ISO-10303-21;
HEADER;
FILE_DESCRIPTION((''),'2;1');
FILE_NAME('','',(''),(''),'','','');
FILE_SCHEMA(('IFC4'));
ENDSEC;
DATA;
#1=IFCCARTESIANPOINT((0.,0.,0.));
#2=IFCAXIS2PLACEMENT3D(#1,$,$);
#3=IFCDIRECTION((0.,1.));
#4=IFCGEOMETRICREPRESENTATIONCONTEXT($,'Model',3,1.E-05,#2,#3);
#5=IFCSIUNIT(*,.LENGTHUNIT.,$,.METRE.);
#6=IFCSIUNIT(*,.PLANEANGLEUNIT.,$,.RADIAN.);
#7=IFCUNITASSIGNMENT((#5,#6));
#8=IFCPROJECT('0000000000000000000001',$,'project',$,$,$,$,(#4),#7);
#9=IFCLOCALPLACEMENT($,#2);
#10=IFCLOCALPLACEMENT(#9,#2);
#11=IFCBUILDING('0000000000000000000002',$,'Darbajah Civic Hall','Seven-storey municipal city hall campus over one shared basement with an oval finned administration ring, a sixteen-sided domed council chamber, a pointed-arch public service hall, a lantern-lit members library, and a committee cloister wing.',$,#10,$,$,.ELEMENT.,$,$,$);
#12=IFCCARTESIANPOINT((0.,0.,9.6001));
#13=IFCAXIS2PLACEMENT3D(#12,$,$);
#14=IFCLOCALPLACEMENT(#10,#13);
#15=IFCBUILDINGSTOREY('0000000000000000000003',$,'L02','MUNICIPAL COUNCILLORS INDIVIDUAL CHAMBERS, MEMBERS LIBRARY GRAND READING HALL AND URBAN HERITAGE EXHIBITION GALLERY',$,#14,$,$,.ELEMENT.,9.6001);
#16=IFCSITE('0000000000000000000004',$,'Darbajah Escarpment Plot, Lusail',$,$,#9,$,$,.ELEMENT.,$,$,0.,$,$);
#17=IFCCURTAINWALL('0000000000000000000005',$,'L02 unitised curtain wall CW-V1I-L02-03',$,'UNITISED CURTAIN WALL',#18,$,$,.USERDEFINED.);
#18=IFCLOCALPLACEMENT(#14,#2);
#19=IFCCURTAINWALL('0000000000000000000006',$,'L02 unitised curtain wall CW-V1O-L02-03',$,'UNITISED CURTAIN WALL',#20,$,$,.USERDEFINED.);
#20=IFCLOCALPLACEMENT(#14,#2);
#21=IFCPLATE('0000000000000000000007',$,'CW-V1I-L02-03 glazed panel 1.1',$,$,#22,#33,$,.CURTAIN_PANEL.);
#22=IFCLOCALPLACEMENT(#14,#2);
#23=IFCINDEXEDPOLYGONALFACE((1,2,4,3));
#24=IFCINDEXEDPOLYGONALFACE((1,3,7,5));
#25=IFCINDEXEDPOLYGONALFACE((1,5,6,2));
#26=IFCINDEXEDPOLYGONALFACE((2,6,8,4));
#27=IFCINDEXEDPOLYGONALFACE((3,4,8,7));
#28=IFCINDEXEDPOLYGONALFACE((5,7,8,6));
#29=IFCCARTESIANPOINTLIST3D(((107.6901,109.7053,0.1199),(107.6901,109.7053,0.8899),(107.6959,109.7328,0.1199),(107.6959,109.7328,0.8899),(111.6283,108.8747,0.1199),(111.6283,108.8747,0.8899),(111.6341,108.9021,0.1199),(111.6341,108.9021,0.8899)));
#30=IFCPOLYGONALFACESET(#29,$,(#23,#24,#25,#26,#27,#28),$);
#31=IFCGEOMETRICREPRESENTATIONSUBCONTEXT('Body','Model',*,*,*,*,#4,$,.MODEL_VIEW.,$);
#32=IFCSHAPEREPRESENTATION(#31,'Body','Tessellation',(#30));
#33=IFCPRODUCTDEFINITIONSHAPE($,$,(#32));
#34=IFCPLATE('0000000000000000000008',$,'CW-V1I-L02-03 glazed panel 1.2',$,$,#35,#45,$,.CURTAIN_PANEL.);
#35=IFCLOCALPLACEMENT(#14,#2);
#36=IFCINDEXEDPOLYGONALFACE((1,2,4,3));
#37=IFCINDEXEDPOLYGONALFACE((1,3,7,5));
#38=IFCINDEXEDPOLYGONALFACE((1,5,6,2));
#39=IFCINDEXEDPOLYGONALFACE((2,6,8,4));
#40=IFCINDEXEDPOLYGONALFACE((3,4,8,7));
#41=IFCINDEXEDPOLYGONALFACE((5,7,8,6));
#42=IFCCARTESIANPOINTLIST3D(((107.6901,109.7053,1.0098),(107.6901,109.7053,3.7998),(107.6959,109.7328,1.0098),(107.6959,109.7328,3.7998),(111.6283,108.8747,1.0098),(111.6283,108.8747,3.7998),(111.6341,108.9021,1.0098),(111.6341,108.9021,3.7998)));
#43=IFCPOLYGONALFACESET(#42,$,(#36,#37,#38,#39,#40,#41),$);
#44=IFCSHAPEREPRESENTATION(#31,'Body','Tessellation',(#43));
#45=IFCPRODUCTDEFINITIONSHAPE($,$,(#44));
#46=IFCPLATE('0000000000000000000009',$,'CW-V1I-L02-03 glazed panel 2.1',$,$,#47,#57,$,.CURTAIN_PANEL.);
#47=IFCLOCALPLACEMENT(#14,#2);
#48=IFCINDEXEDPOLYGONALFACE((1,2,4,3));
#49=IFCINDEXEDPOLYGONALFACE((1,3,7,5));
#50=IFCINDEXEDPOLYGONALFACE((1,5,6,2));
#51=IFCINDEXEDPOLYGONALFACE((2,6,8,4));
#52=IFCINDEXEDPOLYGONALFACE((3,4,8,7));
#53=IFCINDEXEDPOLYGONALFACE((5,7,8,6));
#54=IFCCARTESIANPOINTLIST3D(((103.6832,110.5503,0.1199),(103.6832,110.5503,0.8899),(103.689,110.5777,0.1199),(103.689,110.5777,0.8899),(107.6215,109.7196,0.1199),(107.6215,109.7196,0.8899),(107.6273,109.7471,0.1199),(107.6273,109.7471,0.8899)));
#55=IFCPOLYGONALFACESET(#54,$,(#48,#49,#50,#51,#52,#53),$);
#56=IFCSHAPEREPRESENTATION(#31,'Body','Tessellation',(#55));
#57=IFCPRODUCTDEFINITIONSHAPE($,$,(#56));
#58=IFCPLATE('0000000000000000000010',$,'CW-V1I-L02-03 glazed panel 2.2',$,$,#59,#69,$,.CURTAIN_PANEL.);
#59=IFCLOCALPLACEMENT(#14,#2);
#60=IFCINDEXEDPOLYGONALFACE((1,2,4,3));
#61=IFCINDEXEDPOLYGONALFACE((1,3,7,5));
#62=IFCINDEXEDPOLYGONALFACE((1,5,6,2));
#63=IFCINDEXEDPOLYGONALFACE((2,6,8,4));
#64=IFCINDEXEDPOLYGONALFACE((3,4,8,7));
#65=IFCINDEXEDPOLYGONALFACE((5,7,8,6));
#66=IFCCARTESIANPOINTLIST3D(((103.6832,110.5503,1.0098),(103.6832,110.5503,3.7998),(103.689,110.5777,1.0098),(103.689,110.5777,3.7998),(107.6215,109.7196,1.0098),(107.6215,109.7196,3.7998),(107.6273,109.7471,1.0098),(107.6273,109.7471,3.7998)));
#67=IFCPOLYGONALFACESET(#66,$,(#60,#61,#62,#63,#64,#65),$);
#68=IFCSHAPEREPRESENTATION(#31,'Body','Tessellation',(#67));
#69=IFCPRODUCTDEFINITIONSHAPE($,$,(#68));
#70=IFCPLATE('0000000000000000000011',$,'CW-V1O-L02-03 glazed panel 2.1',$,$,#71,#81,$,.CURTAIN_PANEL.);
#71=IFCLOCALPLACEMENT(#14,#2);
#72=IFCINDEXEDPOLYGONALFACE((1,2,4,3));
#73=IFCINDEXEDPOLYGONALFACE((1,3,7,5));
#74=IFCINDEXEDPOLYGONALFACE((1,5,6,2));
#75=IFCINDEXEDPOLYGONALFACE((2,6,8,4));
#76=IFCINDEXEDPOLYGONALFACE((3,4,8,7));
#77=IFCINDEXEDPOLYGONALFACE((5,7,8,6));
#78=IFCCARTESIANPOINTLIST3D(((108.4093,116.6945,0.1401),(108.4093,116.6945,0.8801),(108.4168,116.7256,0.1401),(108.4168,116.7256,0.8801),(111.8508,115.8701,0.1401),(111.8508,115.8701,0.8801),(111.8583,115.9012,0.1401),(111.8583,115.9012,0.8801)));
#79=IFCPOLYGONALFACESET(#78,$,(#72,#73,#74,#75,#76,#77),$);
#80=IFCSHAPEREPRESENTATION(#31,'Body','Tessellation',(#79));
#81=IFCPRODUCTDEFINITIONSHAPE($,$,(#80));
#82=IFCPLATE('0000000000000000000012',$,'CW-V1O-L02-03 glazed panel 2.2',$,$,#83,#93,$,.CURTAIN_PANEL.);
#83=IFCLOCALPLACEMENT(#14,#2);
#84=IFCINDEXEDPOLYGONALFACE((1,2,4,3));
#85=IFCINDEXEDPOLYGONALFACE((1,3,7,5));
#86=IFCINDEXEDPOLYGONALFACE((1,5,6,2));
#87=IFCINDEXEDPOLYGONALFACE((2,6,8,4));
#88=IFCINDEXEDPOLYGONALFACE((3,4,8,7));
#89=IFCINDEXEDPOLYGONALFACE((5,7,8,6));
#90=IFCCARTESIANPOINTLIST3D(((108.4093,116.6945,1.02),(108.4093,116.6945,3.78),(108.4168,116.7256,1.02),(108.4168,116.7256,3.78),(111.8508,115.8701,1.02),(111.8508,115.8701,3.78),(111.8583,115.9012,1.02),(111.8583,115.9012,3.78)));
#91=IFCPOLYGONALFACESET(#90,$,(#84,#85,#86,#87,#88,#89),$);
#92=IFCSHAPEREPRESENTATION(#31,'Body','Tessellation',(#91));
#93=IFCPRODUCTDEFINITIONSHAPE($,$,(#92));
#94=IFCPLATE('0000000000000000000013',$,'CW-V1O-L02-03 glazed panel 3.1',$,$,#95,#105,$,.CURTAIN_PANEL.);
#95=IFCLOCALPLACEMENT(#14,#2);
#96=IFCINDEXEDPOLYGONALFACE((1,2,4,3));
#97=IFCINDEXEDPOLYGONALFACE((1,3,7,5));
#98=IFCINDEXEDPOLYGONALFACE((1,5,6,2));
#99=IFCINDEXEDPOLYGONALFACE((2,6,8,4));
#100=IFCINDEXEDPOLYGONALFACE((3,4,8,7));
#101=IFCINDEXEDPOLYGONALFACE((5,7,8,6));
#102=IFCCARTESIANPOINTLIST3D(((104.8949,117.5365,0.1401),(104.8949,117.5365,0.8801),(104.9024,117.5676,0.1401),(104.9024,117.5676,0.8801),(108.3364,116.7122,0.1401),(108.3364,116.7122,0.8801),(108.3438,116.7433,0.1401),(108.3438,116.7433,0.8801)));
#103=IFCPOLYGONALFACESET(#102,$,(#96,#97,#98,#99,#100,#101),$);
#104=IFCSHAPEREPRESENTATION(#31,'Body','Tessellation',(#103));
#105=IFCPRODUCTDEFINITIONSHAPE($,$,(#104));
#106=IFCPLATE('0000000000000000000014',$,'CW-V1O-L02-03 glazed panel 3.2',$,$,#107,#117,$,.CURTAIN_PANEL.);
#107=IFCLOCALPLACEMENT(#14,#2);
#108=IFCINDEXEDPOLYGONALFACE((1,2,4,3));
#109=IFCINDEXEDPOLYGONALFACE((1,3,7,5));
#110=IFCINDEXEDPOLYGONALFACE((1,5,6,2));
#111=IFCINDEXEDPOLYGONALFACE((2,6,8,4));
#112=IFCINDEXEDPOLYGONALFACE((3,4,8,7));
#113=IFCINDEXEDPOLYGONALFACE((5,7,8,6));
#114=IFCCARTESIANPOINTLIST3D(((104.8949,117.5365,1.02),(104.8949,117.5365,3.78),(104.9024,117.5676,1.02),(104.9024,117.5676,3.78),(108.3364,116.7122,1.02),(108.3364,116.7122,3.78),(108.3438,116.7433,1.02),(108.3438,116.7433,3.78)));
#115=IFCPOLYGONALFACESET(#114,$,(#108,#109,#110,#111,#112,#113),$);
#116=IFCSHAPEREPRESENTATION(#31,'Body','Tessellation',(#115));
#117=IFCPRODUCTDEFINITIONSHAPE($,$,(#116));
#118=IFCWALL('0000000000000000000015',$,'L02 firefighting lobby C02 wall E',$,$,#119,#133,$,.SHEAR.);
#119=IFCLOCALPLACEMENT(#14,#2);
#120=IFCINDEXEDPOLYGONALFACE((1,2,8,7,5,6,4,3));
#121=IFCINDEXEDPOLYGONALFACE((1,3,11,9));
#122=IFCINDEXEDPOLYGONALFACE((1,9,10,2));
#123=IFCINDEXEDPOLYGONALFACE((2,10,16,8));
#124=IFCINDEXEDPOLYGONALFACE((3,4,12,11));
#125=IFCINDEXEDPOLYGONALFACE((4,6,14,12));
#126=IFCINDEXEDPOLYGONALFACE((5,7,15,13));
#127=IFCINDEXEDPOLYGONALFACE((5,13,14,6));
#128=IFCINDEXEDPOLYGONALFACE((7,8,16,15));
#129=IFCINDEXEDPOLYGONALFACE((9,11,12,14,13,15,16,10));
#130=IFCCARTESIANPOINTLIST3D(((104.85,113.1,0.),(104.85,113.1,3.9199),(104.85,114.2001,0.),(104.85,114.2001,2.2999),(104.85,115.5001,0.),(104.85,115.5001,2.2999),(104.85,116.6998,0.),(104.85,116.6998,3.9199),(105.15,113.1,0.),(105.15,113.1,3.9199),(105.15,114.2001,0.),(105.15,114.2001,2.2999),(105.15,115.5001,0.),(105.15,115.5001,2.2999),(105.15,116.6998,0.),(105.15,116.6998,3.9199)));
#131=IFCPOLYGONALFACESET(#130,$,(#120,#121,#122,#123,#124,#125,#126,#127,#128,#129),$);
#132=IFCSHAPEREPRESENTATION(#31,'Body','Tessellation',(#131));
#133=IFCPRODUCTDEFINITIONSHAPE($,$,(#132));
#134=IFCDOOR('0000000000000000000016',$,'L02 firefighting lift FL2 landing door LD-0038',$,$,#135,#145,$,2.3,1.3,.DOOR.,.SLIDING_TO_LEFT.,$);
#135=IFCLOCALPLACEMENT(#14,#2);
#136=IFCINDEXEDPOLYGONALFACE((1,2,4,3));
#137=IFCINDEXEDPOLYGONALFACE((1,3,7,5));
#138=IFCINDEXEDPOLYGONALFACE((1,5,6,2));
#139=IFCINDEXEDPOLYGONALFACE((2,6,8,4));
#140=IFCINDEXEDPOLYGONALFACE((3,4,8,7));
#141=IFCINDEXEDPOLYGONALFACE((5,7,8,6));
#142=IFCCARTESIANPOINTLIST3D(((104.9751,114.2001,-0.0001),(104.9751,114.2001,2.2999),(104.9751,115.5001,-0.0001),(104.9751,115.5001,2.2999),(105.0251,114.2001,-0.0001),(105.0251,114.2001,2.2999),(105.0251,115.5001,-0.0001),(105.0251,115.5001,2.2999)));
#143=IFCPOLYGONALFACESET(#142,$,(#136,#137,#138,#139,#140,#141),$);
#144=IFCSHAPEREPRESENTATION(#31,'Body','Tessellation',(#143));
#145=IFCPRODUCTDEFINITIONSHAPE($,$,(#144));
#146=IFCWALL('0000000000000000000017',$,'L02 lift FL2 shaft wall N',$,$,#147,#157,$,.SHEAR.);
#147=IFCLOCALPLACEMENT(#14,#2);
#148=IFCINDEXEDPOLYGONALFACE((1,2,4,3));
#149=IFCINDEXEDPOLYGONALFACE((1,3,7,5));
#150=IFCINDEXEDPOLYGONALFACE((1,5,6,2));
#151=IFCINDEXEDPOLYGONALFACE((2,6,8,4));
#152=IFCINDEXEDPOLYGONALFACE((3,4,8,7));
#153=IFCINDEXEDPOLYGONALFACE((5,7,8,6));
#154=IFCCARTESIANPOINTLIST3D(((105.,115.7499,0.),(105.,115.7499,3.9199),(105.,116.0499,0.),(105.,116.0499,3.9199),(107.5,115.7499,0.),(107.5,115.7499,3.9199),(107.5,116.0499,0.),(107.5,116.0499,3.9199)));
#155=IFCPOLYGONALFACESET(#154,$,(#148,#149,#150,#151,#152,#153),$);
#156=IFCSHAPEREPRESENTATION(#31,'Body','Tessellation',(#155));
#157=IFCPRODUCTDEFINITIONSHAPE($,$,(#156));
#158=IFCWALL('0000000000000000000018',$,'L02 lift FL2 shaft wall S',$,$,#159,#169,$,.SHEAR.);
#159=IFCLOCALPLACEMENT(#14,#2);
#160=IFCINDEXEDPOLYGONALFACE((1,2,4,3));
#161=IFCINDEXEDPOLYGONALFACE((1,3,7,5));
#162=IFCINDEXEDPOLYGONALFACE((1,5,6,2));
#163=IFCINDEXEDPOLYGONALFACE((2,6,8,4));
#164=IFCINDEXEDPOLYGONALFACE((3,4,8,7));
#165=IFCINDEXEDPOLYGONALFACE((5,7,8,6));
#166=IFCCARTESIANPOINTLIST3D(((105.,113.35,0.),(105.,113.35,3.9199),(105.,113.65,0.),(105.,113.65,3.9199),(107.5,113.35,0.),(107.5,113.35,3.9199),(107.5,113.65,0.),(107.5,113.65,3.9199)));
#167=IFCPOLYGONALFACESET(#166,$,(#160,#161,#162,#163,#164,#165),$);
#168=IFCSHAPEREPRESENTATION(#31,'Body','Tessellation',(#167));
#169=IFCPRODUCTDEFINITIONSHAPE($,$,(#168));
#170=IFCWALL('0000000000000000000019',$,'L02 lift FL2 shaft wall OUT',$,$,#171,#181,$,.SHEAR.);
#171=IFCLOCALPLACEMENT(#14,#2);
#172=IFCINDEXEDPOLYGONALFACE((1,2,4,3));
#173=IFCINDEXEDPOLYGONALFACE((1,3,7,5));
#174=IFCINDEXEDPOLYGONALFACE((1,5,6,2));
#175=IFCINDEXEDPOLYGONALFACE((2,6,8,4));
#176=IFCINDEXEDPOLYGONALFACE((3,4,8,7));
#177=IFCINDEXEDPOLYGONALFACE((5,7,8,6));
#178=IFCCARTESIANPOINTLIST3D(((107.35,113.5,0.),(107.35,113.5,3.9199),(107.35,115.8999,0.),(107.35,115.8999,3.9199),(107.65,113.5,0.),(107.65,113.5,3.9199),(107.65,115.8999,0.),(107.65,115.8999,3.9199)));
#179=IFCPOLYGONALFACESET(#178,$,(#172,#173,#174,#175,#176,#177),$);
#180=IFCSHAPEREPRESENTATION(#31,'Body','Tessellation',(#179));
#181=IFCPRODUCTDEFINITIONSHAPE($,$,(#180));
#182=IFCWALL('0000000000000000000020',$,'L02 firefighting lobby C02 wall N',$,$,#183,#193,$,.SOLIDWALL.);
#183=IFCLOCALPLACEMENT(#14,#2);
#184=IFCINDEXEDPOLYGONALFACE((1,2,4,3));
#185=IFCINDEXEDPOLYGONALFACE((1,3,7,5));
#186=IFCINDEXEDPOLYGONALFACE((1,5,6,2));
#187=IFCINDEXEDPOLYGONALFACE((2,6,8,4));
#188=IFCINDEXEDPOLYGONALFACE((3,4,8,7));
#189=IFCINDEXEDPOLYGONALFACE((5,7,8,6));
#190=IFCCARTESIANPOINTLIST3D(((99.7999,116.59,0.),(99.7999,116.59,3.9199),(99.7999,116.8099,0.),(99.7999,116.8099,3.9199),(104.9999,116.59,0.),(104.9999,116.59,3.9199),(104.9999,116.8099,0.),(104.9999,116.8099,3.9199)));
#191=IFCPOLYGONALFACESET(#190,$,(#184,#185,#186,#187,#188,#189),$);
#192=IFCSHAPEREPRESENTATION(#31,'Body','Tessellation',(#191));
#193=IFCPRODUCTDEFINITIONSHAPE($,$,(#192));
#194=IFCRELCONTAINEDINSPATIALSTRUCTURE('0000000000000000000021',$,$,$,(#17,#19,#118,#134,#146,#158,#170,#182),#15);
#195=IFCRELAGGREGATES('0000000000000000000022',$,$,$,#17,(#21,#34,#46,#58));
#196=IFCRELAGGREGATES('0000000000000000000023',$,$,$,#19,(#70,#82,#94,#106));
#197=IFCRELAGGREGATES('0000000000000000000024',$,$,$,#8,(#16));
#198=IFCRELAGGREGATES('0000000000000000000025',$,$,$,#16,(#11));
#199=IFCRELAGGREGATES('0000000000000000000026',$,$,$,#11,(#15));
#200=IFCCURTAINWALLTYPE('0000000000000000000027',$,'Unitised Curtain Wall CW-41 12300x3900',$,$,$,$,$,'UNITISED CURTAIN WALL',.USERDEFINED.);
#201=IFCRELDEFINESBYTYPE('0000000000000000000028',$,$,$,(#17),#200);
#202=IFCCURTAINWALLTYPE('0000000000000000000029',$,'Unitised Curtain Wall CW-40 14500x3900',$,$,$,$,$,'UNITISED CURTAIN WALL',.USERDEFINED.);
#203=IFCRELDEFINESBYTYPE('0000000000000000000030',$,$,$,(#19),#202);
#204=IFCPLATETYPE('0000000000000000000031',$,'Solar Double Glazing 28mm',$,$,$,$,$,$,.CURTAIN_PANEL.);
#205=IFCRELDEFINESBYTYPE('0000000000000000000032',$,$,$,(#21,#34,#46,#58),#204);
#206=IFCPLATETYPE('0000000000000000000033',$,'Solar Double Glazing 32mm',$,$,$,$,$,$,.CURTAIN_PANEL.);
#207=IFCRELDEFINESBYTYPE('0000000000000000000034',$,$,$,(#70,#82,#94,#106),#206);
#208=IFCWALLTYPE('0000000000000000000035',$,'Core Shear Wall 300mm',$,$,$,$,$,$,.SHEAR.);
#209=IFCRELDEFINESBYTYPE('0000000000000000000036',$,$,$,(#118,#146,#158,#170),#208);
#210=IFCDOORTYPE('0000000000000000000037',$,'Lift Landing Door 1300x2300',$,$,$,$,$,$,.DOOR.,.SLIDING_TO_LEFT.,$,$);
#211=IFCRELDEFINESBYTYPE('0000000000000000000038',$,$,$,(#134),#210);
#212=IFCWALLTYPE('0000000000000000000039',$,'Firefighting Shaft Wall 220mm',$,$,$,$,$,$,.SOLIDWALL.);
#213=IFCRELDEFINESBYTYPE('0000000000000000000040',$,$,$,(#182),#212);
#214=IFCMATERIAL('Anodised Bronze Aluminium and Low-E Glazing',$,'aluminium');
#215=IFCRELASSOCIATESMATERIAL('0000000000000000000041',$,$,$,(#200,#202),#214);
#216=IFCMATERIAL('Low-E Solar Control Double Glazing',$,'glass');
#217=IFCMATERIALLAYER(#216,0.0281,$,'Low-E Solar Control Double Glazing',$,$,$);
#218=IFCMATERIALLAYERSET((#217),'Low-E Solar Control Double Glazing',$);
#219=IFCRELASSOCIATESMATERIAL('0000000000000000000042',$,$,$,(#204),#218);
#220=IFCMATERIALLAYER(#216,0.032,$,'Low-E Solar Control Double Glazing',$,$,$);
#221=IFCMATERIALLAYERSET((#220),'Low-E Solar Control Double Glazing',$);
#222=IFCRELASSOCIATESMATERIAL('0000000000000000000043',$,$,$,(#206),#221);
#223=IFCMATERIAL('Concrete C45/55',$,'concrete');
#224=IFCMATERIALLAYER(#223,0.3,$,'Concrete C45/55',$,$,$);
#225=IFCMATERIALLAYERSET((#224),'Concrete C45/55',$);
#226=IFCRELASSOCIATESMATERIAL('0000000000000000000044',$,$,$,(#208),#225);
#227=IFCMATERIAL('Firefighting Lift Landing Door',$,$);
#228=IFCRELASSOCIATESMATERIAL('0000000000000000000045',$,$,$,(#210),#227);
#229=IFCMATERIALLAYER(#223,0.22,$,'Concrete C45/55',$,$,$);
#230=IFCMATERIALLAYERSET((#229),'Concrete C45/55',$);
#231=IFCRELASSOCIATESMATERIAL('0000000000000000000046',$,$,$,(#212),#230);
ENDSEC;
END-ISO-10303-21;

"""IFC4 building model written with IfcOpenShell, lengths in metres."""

from ifc_helpers import new_model, si_unit, direction, frame, frame_2d, origin, origin_2d, place, context, subcontext, project, spatial, rectangle, extrude, material, layer, layer_set, type_object, element, fill, aggregate, save


model = new_model("IFC4")

# Units and contexts
model_context = context("Model", 3, precision=1e-05, world=origin(), true_north=direction((0.0, 1.0)))
body_context = subcontext(model_context, "Body", "Model", "MODEL_VIEW")
ifc_project = project(units=[si_unit("LENGTHUNIT", "METRE"), si_unit("PLANEANGLEUNIT", "RADIAN")], contexts=[model_context])

# Site, building, storey
site_placement = place(None, origin())
site = spatial("IfcSite", under=ifc_project, at=site_placement, Name="Darbajah Escarpment Plot, Lusail", CompositionType="ELEMENT", RefElevation=0.0)
building_placement = place(site_placement, origin())
building = spatial("IfcBuilding", under=site, at=building_placement, Name="Darbajah Civic Hall", Description="Seven-storey municipal city hall campus over one shared basement with an oval finned administration ring, a sixteen-sided domed council chamber, a pointed-arch public service hall, a lantern-lit members library, and a committee cloister wing.", CompositionType="ELEMENT")
storey_placement = place(building_placement, frame((0.0, 0.0, 9.6001)))
storey = spatial("IfcBuildingStorey", under=building, at=storey_placement, Name="L02", Description="MUNICIPAL COUNCILLORS INDIVIDUAL CHAMBERS, MEMBERS LIBRARY GRAND READING HALL AND URBAN HERITAGE EXHIBITION GALLERY", CompositionType="ELEMENT", Elevation=9.6001)

# Curtain wall
ifc_material_1 = material(Name="Anodised Bronze Aluminium and Low-E Glazing", Category="aluminium")
curtain_wall_type_1 = type_object("IfcCurtainWallType", Name="Unitised Curtain Wall CW-41 12300x3900", ElementType="UNITISED CURTAIN WALL", PredefinedType="USERDEFINED", material=ifc_material_1)
curtain_wall_1_placement = place(storey_placement, origin())
curtain_wall_1 = element("IfcCurtainWall", 1, at=curtain_wall_1_placement, inside=storey, type_object=curtain_wall_type_1, Name="L02 unitised curtain wall CW-V1I-L02-03", ObjectType="UNITISED CURTAIN WALL", PredefinedType="USERDEFINED")

# Curtain wall
curtain_wall_type_2 = type_object("IfcCurtainWallType", Name="Unitised Curtain Wall CW-40 14500x3900", ElementType="UNITISED CURTAIN WALL", PredefinedType="USERDEFINED", material=ifc_material_1)
curtain_wall_2_placement = place(storey_placement, origin())
curtain_wall_2 = element("IfcCurtainWall", 2, at=curtain_wall_2_placement, inside=storey, type_object=curtain_wall_type_2, Name="L02 unitised curtain wall CW-V1O-L02-03", ObjectType="UNITISED CURTAIN WALL", PredefinedType="USERDEFINED")

# Plates
ifc_material_2 = material(Name="Low-E Solar Control Double Glazing", Category="glass")
ifc_layer_1 = layer(ifc_material_2, 0.0281, Name="Low-E Solar Control Double Glazing")
ifc_layer_set_1 = layer_set([ifc_layer_1], Name="Low-E Solar Control Double Glazing")
plate_type_1 = type_object("IfcPlateType", Name="Solar Double Glazing 28mm", PredefinedType="CURTAIN_PANEL", material=ifc_layer_set_1)
plate_1_placement = place(storey_placement, frame((109.6621, 109.3037, 0.1199), z_axis=(0.0, 0.0, 1.0), x_axis=(-0.978473, 0.206375, 0.0)))
plate_1 = element("IfcPlate", 3, at=plate_1_placement, type_object=plate_type_1, Name="CW-V1I-L02-03 glazed panel 1.1", PredefinedType="CURTAIN_PANEL", context=body_context, shape_type="SweptSolid", body=[
    extrude(rectangle(XDim=4.0249, YDim=0.0281, at=origin_2d()), origin(), (0.0, 0.0, 1.0), 0.77),
])
plate_2_placement = place(storey_placement, frame((109.6621, 109.3037, 1.0098), z_axis=(0.0, 0.0, 1.0), x_axis=(-0.978473, 0.206375, 0.0)))
plate_2 = element("IfcPlate", 4, at=plate_2_placement, type_object=plate_type_1, Name="CW-V1I-L02-03 glazed panel 1.2", PredefinedType="CURTAIN_PANEL", context=body_context, shape_type="SweptSolid", body=[
    extrude(rectangle(XDim=4.0249, YDim=0.0281, at=origin_2d()), origin(), (0.0, 0.0, 1.0), 2.79),
])
plate_3_placement = place(storey_placement, frame((105.6553, 110.1487, 0.1199), z_axis=(0.0, 0.0, 1.0), x_axis=(-0.978473, 0.206375, 0.0)))
plate_3 = element("IfcPlate", 5, at=plate_3_placement, type_object=plate_type_1, Name="CW-V1I-L02-03 glazed panel 2.1", PredefinedType="CURTAIN_PANEL", context=body_context, shape_type="SweptSolid", body=[
    extrude(rectangle(XDim=4.0249, YDim=0.0281, at=origin_2d()), origin(), (0.0, 0.0, 1.0), 0.77),
])
plate_4_placement = place(storey_placement, frame((105.6553, 110.1487, 1.0098), z_axis=(0.0, 0.0, 1.0), x_axis=(-0.978473, 0.206375, 0.0)))
plate_4 = element("IfcPlate", 6, at=plate_4_placement, type_object=plate_type_1, Name="CW-V1I-L02-03 glazed panel 2.2", PredefinedType="CURTAIN_PANEL", context=body_context, shape_type="SweptSolid", body=[
    extrude(rectangle(XDim=4.0249, YDim=0.0281, at=origin_2d()), origin(), (0.0, 0.0, 1.0), 2.79),
])
aggregate(curtain_wall_1, [plate_1, plate_2, plate_3, plate_4])
ifc_layer_2 = layer(ifc_material_2, 0.032, Name="Low-E Solar Control Double Glazing")
ifc_layer_set_2 = layer_set([ifc_layer_2], Name="Low-E Solar Control Double Glazing")
plate_type_2 = type_object("IfcPlateType", Name="Solar Double Glazing 32mm", PredefinedType="CURTAIN_PANEL", material=ifc_layer_set_2)
plate_5_placement = place(storey_placement, frame((110.1338, 116.2979, 0.1401), z_axis=(0.0, 0.0, 1.0), x_axis=(-0.972492, 0.232936, 0.0)))
plate_5 = element("IfcPlate", 7, at=plate_5_placement, type_object=plate_type_2, Name="CW-V1O-L02-03 glazed panel 2.1", PredefinedType="CURTAIN_PANEL", context=body_context, shape_type="SweptSolid", body=[
    extrude(rectangle(XDim=3.5388, YDim=0.032, at=origin_2d()), origin(), (0.0, 0.0, 1.0), 0.74),
])
plate_6_placement = place(storey_placement, frame((110.1338, 116.2979, 1.02), z_axis=(0.0, 0.0, 1.0), x_axis=(-0.972492, 0.232936, 0.0)))
plate_6 = element("IfcPlate", 8, at=plate_6_placement, type_object=plate_type_2, Name="CW-V1O-L02-03 glazed panel 2.2", PredefinedType="CURTAIN_PANEL", context=body_context, shape_type="SweptSolid", body=[
    extrude(rectangle(XDim=3.5388, YDim=0.032, at=origin_2d()), origin(), (0.0, 0.0, 1.0), 2.76),
])
plate_7_placement = place(storey_placement, frame((106.6194, 117.1399, 0.1401), z_axis=(0.0, 0.0, 1.0), x_axis=(-0.972492, 0.232936, 0.0)))
plate_7 = element("IfcPlate", 9, at=plate_7_placement, type_object=plate_type_2, Name="CW-V1O-L02-03 glazed panel 3.1", PredefinedType="CURTAIN_PANEL", context=body_context, shape_type="SweptSolid", body=[
    extrude(rectangle(XDim=3.5388, YDim=0.032, at=origin_2d()), origin(), (0.0, 0.0, 1.0), 0.74),
])
plate_8_placement = place(storey_placement, frame((106.6194, 117.1399, 1.02), z_axis=(0.0, 0.0, 1.0), x_axis=(-0.972492, 0.232936, 0.0)))
plate_8 = element("IfcPlate", 10, at=plate_8_placement, type_object=plate_type_2, Name="CW-V1O-L02-03 glazed panel 3.2", PredefinedType="CURTAIN_PANEL", context=body_context, shape_type="SweptSolid", body=[
    extrude(rectangle(XDim=3.5388, YDim=0.032, at=origin_2d()), origin(), (0.0, 0.0, 1.0), 2.76),
])
aggregate(curtain_wall_2, [plate_5, plate_6, plate_7, plate_8])

# Wall, opening, door
ifc_material_3 = material(Name="Concrete C45/55", Category="concrete")
ifc_layer_3 = layer(ifc_material_3, 0.3, Name="Concrete C45/55")
ifc_layer_set_3 = layer_set([ifc_layer_3], Name="Concrete C45/55")
wall_type_1 = type_object("IfcWallType", Name="Core Shear Wall 300mm", PredefinedType="SHEAR", material=ifc_layer_set_3)
wall_1_placement = place(storey_placement, frame((105.0, 113.1001, 0.0), z_axis=(0.0, 0.0, 1.0), x_axis=(0.0, 1.0, 0.0)))
wall_1 = element("IfcWall", 11, at=wall_1_placement, inside=storey, type_object=wall_type_1, Name="L02 firefighting lobby C02 wall E", PredefinedType="SHEAR", context=body_context, shape_type="SweptSolid", body=[
    extrude(rectangle(XDim=3.5999, YDim=0.3, at=frame_2d((1.7998, 0.0))), origin(), (0.0, 0.0, 1.0), 3.9199),
])
opening_placement = place(wall_1_placement, frame((1.1001, 0.0, 0.0)))
opening = element("IfcOpeningElement", 12, at=opening_placement, cuts=wall_1, PredefinedType="OPENING", context=body_context, shape_type="SweptSolid", body=[
    extrude(rectangle(XDim=1.3, YDim=2.3, at=frame_2d((0.6499, 1.1499))), frame((0.0, 0.1599, 0.0), z_axis=(0.0, -1.0, 0.0), x_axis=(1.0, 0.0, 0.0)), (0.0, 0.0, 1.0), 0.3201),
])
ifc_material_4 = material(Name="Firefighting Lift Landing Door")
door_type = type_object("IfcDoorType", Name="Lift Landing Door 1300x2300", OperationType="SLIDING_TO_LEFT", PredefinedType="DOOR", material=ifc_material_4)
door_placement = place(opening_placement, origin())
door = element("IfcDoor", 13, at=door_placement, inside=storey, type_object=door_type, Name="L02 firefighting lift FL2 landing door LD-0038", OperationType="SLIDING_TO_LEFT", OverallHeight=2.3, OverallWidth=1.3, PredefinedType="DOOR", context=body_context, shape_type="SweptSolid", body=[
    extrude(rectangle(XDim=1.3, YDim=2.3, at=frame_2d((0.6499, 1.1499))), frame((0.0, 0.0249, 0.0), z_axis=(0.0, -1.0, 0.0), x_axis=(1.0, 0.0, 0.0)), (0.0, 0.0, 1.0), 0.05),
])
fill(opening, door)

# Walls
for number, where, z_axis, x_axis, name in (
    (14, (107.5, 115.8999, 0.0), (0.0, 0.0, 1.0), (-1.0, 0.0, 0.0), "L02 lift FL2 shaft wall N"),
    (15, (105.0, 113.5, 0.0), (0.0, 0.0, 1.0), (1.0, 0.0, 0.0), "L02 lift FL2 shaft wall S"),
):
    element("IfcWall", number, at=place(storey_placement, frame(where, z_axis=z_axis, x_axis=x_axis)), inside=storey, type_object=wall_type_1, Name=name, PredefinedType="SHEAR", context=body_context, shape_type="SweptSolid", body=[
        extrude(rectangle(XDim=2.5, YDim=0.3, at=frame_2d((1.25, 0.0))), origin(), (0.0, 0.0, 1.0), 3.9199),
    ])
wall_2_placement = place(storey_placement, frame((107.5, 113.5, 0.0), z_axis=(0.0, 0.0, 1.0), x_axis=(0.0, 1.0, 0.0)))
element("IfcWall", 16, at=wall_2_placement, inside=storey, type_object=wall_type_1, Name="L02 lift FL2 shaft wall OUT", PredefinedType="SHEAR", context=body_context, shape_type="SweptSolid", body=[
    extrude(rectangle(XDim=2.3999, YDim=0.3, at=frame_2d((1.2, 0.0))), origin(), (0.0, 0.0, 1.0), 3.9199),
])
ifc_layer_4 = layer(ifc_material_3, 0.22, Name="Concrete C45/55")
ifc_layer_set_4 = layer_set([ifc_layer_4], Name="Concrete C45/55")
wall_type_2 = type_object("IfcWallType", Name="Firefighting Shaft Wall 220mm", PredefinedType="SOLIDWALL", material=ifc_layer_set_4)
wall_3_placement = place(storey_placement, frame((105.0, 116.7, 0.0), z_axis=(0.0, 0.0, 1.0), x_axis=(-1.0, 0.0, 0.0)))
element("IfcWall", 17, at=wall_3_placement, inside=storey, type_object=wall_type_2, Name="L02 firefighting lobby C02 wall N", PredefinedType="SOLIDWALL", context=body_context, shape_type="SweptSolid", body=[
    extrude(rectangle(XDim=5.2, YDim=0.22, at=frame_2d((2.6001, 0.0))), origin(), (0.0, 0.0, 1.0), 3.9199),
])

save(model, "model.ifc")
